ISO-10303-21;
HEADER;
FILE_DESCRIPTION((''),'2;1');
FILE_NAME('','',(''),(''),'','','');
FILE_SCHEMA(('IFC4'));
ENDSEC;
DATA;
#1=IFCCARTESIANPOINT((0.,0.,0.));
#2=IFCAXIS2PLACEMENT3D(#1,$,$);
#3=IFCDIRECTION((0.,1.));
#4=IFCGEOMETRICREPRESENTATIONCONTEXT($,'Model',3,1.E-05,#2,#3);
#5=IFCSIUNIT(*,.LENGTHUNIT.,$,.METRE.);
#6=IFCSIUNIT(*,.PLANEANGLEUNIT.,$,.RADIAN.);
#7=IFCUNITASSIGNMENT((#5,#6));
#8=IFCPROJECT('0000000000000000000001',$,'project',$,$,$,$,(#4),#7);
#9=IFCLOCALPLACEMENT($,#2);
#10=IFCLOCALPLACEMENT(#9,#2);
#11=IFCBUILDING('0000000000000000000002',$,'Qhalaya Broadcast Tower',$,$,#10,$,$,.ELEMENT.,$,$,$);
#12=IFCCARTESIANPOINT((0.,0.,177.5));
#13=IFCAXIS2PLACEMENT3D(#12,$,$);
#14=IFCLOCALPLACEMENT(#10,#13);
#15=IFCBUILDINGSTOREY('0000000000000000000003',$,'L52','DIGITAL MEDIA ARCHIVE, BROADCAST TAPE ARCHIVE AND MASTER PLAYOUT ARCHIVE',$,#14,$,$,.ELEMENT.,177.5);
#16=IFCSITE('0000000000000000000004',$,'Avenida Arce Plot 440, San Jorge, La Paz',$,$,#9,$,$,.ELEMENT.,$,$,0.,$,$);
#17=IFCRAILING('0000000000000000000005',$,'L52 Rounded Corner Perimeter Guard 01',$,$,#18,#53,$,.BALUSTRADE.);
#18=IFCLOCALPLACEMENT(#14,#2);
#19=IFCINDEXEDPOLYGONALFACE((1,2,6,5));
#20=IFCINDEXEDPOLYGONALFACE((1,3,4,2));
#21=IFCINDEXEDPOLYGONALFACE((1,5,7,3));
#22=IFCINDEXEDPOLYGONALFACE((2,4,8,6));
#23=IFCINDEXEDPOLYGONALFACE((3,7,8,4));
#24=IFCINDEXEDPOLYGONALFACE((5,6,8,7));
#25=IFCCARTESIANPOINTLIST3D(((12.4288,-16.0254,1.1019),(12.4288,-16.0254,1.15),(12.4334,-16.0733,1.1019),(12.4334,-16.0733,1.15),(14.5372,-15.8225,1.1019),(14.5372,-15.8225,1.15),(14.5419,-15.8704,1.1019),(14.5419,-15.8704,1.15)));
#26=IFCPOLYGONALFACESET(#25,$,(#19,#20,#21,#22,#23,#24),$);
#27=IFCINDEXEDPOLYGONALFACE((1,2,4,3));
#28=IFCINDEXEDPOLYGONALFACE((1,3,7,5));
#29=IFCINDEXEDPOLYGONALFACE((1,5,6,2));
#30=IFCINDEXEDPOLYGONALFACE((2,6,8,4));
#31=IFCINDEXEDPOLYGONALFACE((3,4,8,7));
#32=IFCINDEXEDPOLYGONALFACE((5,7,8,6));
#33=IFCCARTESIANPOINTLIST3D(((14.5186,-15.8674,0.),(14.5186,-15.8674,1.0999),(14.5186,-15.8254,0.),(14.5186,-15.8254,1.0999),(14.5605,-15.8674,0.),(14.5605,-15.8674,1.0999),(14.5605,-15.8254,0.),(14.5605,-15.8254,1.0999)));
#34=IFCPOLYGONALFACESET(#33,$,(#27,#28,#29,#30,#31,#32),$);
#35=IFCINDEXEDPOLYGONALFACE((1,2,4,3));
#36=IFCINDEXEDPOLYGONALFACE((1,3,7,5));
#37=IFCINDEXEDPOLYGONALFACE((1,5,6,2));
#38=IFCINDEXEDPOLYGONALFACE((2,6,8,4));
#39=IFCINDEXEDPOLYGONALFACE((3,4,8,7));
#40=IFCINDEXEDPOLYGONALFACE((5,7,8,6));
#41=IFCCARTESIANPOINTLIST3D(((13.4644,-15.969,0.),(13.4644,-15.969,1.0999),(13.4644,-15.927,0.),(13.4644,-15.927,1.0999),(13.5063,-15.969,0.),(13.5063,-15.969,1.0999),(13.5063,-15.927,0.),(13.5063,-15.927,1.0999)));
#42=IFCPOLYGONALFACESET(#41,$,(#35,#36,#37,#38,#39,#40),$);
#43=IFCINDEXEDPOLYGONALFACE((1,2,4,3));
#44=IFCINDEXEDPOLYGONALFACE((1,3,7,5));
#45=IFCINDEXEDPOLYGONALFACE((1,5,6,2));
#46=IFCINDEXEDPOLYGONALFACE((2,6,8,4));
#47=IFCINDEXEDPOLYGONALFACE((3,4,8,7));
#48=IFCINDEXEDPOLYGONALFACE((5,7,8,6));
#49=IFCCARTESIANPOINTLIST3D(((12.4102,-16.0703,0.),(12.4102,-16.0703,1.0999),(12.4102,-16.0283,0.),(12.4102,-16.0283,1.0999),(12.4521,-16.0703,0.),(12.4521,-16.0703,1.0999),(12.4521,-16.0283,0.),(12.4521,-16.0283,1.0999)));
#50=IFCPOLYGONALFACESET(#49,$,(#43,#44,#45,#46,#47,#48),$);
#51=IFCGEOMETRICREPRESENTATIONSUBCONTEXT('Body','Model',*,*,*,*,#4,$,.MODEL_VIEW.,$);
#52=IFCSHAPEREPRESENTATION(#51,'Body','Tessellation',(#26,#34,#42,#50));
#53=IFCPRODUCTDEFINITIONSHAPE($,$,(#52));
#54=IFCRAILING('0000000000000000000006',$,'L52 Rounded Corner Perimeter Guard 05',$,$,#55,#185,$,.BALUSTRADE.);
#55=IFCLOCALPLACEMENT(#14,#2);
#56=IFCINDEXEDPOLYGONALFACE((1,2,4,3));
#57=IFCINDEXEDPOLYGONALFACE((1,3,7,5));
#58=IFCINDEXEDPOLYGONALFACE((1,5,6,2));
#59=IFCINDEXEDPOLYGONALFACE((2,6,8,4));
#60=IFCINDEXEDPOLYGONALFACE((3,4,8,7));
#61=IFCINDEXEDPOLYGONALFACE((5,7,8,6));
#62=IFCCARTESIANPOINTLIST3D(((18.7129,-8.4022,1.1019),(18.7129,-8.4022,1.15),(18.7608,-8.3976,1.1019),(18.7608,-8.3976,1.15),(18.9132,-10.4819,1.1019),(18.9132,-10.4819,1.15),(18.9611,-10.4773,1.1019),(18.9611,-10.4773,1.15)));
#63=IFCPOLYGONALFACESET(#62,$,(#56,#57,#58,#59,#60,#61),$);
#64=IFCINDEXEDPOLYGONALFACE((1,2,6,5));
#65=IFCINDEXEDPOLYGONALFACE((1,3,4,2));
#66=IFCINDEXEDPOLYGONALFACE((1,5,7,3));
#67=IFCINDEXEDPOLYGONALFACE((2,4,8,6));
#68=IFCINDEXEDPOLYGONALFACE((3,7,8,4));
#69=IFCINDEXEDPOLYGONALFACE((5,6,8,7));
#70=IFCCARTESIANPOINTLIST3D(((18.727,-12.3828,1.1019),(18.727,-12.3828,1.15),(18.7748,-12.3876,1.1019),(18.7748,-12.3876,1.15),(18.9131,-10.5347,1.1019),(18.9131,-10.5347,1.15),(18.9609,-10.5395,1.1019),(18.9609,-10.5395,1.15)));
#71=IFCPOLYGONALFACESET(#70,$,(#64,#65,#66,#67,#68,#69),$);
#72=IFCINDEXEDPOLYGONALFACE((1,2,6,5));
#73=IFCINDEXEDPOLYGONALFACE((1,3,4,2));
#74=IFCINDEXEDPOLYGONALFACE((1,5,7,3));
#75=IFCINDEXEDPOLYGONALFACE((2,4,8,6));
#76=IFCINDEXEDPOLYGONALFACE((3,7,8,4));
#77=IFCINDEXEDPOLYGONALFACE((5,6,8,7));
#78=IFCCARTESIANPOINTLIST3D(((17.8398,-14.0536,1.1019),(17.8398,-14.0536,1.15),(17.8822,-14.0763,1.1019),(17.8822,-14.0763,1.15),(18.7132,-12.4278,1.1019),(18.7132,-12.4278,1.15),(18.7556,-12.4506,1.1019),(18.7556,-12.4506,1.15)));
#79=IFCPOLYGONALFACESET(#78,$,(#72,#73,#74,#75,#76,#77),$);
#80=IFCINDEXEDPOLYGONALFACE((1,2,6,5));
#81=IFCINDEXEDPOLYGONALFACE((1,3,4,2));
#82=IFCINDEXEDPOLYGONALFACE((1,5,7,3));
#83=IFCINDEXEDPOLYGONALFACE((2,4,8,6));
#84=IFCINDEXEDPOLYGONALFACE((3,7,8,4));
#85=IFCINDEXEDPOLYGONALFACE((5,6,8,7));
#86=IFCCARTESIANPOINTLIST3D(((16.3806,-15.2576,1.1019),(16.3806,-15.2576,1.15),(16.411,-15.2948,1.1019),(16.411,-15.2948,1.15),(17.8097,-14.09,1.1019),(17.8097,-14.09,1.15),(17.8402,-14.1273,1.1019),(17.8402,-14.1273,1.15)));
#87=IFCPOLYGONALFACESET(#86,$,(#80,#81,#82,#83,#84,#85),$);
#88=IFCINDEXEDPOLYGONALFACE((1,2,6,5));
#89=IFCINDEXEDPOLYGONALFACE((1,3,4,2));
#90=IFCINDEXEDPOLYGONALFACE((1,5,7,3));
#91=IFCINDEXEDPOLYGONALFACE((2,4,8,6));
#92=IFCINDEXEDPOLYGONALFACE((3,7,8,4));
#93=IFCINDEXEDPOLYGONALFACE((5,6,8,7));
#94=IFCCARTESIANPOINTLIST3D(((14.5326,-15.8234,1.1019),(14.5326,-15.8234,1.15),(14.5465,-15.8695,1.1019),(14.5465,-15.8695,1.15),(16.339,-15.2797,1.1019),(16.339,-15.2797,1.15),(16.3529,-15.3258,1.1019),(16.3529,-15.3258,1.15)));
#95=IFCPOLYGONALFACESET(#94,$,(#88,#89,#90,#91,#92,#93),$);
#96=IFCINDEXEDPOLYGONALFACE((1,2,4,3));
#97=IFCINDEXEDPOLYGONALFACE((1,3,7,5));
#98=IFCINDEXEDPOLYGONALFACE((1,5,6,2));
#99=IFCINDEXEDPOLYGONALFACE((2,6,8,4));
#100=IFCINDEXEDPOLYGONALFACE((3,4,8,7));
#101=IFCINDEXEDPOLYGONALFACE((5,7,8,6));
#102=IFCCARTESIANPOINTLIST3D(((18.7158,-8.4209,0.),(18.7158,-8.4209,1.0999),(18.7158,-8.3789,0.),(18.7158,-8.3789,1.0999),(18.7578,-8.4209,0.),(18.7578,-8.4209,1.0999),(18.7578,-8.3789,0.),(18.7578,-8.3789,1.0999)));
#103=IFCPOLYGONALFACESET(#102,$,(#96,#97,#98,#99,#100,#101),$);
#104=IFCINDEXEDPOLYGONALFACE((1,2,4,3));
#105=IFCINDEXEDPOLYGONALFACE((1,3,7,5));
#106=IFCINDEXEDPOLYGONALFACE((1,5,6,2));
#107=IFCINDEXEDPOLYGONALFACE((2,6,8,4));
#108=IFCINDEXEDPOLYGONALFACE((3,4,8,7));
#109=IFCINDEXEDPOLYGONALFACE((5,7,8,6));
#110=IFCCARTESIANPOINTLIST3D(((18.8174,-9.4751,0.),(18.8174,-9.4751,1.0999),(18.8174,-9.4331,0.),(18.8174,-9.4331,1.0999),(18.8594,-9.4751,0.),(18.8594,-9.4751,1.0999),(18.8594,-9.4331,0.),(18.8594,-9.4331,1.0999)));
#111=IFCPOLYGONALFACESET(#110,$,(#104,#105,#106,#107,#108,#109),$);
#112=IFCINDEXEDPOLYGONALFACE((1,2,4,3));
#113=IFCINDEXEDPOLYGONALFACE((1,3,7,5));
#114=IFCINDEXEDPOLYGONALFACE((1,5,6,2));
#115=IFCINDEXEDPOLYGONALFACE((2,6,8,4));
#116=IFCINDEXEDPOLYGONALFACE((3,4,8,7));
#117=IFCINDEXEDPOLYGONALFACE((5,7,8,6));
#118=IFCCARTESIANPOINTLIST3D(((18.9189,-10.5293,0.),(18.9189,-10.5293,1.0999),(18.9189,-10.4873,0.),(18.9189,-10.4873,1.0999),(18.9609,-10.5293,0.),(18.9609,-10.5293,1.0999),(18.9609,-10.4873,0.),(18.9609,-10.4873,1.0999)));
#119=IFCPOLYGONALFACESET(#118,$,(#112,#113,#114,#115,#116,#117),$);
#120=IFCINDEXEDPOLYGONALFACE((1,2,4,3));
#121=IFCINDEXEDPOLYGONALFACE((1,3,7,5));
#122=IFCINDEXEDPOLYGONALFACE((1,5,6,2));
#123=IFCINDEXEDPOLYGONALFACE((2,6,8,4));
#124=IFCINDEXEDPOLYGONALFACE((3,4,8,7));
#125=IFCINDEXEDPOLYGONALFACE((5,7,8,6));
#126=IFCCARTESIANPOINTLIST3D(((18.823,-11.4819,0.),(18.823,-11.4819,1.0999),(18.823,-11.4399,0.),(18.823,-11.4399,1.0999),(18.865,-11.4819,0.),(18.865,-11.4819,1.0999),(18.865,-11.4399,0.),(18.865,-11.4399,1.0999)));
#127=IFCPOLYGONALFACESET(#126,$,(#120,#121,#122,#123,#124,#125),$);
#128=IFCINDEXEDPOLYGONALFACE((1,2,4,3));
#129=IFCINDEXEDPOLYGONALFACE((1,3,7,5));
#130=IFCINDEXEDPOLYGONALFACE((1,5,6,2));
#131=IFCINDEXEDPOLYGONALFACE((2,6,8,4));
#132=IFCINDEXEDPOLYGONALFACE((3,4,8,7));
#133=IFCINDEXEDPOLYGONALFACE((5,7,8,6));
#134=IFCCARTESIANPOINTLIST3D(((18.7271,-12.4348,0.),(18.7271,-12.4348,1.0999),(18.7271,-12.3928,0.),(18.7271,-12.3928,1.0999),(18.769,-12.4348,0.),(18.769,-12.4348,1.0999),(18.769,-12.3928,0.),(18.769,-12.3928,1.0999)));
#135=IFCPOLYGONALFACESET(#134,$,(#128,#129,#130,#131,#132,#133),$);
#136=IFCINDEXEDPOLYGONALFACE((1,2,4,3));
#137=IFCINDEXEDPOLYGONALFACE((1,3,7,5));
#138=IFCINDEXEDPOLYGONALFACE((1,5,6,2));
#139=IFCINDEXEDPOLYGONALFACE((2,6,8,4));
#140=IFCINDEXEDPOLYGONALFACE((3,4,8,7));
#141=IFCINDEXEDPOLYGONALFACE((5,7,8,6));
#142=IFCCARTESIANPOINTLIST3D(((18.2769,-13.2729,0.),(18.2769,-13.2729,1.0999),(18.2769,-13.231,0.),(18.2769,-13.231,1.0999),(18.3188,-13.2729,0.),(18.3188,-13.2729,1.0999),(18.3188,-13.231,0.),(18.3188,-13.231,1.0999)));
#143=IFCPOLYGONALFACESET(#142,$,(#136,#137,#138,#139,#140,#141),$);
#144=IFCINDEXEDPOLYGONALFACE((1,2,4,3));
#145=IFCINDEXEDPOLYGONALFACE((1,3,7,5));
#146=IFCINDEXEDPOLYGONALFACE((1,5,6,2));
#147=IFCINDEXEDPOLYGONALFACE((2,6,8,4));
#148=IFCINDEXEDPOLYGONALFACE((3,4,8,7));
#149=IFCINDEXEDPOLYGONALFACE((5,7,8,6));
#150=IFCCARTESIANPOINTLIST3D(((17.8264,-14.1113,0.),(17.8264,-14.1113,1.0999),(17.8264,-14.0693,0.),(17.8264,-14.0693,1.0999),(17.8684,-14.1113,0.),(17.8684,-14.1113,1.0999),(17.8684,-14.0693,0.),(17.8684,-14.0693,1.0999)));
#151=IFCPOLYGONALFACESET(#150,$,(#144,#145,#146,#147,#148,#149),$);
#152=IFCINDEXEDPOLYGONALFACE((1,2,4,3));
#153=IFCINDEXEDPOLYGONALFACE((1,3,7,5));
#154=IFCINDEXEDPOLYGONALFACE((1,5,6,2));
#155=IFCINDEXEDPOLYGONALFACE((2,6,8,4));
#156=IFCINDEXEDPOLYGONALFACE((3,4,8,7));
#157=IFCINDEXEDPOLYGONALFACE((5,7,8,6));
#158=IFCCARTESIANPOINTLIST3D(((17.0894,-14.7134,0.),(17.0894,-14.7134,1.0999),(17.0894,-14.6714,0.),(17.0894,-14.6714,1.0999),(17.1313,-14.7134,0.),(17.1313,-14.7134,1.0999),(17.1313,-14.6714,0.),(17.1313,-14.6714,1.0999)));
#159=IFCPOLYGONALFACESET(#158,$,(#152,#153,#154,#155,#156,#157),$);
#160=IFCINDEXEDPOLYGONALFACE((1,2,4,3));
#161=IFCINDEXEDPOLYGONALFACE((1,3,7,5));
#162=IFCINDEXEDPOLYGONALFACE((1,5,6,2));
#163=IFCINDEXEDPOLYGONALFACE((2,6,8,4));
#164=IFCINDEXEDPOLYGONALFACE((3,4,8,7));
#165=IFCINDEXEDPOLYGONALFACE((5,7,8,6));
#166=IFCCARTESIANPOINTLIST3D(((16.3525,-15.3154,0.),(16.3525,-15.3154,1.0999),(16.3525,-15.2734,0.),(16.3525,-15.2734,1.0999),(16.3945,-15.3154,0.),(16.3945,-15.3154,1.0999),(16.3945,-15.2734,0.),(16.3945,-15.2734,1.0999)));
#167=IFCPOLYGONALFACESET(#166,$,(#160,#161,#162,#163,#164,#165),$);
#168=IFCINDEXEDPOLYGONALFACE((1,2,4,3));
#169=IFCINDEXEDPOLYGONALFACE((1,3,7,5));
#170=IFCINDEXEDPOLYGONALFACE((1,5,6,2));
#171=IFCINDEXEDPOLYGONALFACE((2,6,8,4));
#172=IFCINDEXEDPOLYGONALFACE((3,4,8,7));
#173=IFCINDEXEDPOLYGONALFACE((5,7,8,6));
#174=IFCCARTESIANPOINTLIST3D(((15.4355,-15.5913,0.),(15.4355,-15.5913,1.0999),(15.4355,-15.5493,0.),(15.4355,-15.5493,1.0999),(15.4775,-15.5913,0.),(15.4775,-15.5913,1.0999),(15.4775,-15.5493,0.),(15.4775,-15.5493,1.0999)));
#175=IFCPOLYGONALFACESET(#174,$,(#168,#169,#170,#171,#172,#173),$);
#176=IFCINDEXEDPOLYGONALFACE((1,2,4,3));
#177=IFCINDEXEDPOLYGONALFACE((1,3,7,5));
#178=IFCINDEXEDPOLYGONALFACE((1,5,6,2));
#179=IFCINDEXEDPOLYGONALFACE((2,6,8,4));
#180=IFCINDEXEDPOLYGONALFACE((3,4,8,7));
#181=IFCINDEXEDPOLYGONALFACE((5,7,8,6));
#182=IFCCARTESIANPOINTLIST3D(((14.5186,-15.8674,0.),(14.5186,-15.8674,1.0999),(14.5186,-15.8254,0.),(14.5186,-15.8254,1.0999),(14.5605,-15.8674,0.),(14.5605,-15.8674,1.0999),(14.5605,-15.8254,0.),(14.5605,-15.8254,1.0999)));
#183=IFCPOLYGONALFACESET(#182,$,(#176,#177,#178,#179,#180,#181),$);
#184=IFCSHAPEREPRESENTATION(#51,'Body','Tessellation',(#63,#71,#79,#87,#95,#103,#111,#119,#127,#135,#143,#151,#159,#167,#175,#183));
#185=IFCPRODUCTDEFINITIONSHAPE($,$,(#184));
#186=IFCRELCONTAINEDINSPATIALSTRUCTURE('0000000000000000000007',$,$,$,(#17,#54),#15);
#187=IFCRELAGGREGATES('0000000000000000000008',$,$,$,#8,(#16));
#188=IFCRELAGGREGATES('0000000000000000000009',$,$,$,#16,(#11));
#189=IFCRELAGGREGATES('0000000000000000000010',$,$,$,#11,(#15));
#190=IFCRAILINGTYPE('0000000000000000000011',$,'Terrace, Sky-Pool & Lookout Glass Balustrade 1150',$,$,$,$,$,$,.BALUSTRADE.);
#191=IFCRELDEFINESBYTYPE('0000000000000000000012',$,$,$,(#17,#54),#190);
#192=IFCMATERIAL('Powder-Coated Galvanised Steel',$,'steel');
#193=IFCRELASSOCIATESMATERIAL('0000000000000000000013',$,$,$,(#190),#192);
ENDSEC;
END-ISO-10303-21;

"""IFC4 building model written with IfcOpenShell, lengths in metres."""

from ifc_helpers import new_model, si_unit, direction, frame, origin, origin_2d, place, context, subcontext, project, spatial, rectangle, extrude, material, type_object, element, save


model = new_model("IFC4")

# Units and contexts
model_context = context("Model", 3, precision=1e-05, world=origin(), true_north=direction((0.0, 1.0)))
body_context = subcontext(model_context, "Body", "Model", "MODEL_VIEW")
ifc_project = project(units=[si_unit("LENGTHUNIT", "METRE"), si_unit("PLANEANGLEUNIT", "RADIAN")], contexts=[model_context])

# Site, building, storey
site_placement = place(None, origin())
site = spatial("IfcSite", under=ifc_project, at=site_placement, Name="Avenida Arce Plot 440, San Jorge, La Paz", CompositionType="ELEMENT", RefElevation=0.0)
building_placement = place(site_placement, origin())
building = spatial("IfcBuilding", under=site, at=building_placement, Name="Qhalaya Broadcast Tower", CompositionType="ELEMENT")
storey_placement = place(building_placement, frame((0.0, 0.0, 177.5)))
storey = spatial("IfcBuildingStorey", under=building, at=storey_placement, Name="L52", Description="DIGITAL MEDIA ARCHIVE, BROADCAST TAPE ARCHIVE AND MASTER PLAYOUT ARCHIVE", CompositionType="ELEMENT", Elevation=177.5)

# Railings
ifc_material_1 = material(Name="Powder-Coated Galvanised Steel", Category="steel")
railing_type = type_object("IfcRailingType", Name="Terrace, Sky-Pool & Lookout Glass Balustrade 1150", PredefinedType="BALUSTRADE", material=ifc_material_1)
railing_1_placement = place(storey_placement, frame((14.5396, -15.8464, 0.0)))
element("IfcRailing", 1, at=railing_1_placement, inside=storey, type_object=railing_type, Name="L52 Rounded Corner Perimeter Guard 01", PredefinedType="BALUSTRADE", context=body_context, shape_type="SweptSolid", body=[
    extrude(rectangle(XDim=0.0481, YDim=0.0481, at=origin_2d()), frame((0.0, 0.0, 1.126), z_axis=(-0.995402, -0.095783, 0.0), x_axis=(0.095783, -0.995402, 0.0)), (0.0, 0.0, 1.0), 2.1182),
    extrude(rectangle(XDim=0.042, YDim=0.042, at=origin_2d()), origin(), (0.0, 0.0, 1.0), 1.0999),
    extrude(rectangle(XDim=0.042, YDim=0.042, at=origin_2d()), frame((-1.0542, -0.1016, 0.0)), (0.0, 0.0, 1.0), 1.0999),
    extrude(rectangle(XDim=0.042, YDim=0.042, at=origin_2d()), frame((-2.1084, -0.2029, 0.0)), (0.0, 0.0, 1.0), 1.0999),
])
railing_2_placement = place(storey_placement, frame((18.7368, -8.3999, 0.0)))
element("IfcRailing", 2, at=railing_2_placement, inside=storey, type_object=railing_type, Name="L52 Rounded Corner Perimeter Guard 05", PredefinedType="BALUSTRADE", context=body_context, shape_type="SweptSolid", body=[
    extrude(rectangle(XDim=0.0481, YDim=0.0481, at=origin_2d()), frame((0.0, 0.0, 1.126), z_axis=(0.095897, -0.995391, 0.0), x_axis=(0.995391, 0.095897, 0.0)), (0.0, 0.0, 1.0), 2.0894),
    extrude(rectangle(XDim=0.0481, YDim=0.0481, at=origin_2d()), frame((0.2002, -2.1372, 1.126), z_axis=(-0.100198, -0.994968, 0.0), x_axis=(0.994968, -0.100198, 0.0)), (0.0, 0.0, 1.0), 1.8574),
    extrude(rectangle(XDim=0.0481, YDim=0.0481, at=origin_2d()), frame((-0.0024, -4.0393, 1.126), z_axis=(-0.473243, -0.880932, 0.0), x_axis=(0.880932, -0.473243, 0.0)), (0.0, 0.0, 1.0), 1.8455),
    extrude(rectangle(XDim=0.0481, YDim=0.0481, at=origin_2d()), frame((-0.9119, -5.7087, 1.126), z_axis=(-0.77442, -0.632672, 0.0), x_axis=(0.632672, -0.77442, 0.0)), (0.0, 0.0, 1.0), 1.8455),
    extrude(rectangle(XDim=0.0481, YDim=0.0481, at=origin_2d()), frame((-2.3909, -6.9028, 1.126), z_axis=(-0.957566, -0.288213, 0.0), x_axis=(0.288213, -0.957566, 0.0)), (0.0, 0.0, 1.0), 1.8865),
    extrude(rectangle(XDim=0.042, YDim=0.042, at=origin_2d()), origin(), (0.0, 0.0, 1.0), 1.0999),
    extrude(rectangle(XDim=0.042, YDim=0.042, at=origin_2d()), frame((0.1016, -1.0542, 0.0)), (0.0, 0.0, 1.0), 1.0999),
    extrude(rectangle(XDim=0.042, YDim=0.042, at=origin_2d()), frame((0.2031, -2.1084, 0.0)), (0.0, 0.0, 1.0), 1.0999),
    extrude(rectangle(XDim=0.042, YDim=0.042, at=origin_2d()), frame((0.1072, -3.061, 0.0)), (0.0, 0.0, 1.0), 1.0999),
    extrude(rectangle(XDim=0.042, YDim=0.042, at=origin_2d()), frame((0.0112, -4.0139, 0.0)), (0.0, 0.0, 1.0), 1.0999),
    extrude(rectangle(XDim=0.042, YDim=0.042, at=origin_2d()), frame((-0.439, -4.8521, 0.0)), (0.0, 0.0, 1.0), 1.0999),
    extrude(rectangle(XDim=0.042, YDim=0.042, at=origin_2d()), frame((-0.8894, -5.6904, 0.0)), (0.0, 0.0, 1.0), 1.0999),
    extrude(rectangle(XDim=0.042, YDim=0.042, at=origin_2d()), frame((-1.6265, -6.2925, 0.0)), (0.0, 0.0, 1.0), 1.0999),
    extrude(rectangle(XDim=0.042, YDim=0.042, at=origin_2d()), frame((-2.3633, -6.8945, 0.0)), (0.0, 0.0, 1.0), 1.0999),
    extrude(rectangle(XDim=0.042, YDim=0.042, at=origin_2d()), frame((-3.2803, -7.1704, 0.0)), (0.0, 0.0, 1.0), 1.0999),
    extrude(rectangle(XDim=0.042, YDim=0.042, at=origin_2d()), frame((-4.1973, -7.4465, 0.0)), (0.0, 0.0, 1.0), 1.0999),
])

save(model, "model.ifc")
